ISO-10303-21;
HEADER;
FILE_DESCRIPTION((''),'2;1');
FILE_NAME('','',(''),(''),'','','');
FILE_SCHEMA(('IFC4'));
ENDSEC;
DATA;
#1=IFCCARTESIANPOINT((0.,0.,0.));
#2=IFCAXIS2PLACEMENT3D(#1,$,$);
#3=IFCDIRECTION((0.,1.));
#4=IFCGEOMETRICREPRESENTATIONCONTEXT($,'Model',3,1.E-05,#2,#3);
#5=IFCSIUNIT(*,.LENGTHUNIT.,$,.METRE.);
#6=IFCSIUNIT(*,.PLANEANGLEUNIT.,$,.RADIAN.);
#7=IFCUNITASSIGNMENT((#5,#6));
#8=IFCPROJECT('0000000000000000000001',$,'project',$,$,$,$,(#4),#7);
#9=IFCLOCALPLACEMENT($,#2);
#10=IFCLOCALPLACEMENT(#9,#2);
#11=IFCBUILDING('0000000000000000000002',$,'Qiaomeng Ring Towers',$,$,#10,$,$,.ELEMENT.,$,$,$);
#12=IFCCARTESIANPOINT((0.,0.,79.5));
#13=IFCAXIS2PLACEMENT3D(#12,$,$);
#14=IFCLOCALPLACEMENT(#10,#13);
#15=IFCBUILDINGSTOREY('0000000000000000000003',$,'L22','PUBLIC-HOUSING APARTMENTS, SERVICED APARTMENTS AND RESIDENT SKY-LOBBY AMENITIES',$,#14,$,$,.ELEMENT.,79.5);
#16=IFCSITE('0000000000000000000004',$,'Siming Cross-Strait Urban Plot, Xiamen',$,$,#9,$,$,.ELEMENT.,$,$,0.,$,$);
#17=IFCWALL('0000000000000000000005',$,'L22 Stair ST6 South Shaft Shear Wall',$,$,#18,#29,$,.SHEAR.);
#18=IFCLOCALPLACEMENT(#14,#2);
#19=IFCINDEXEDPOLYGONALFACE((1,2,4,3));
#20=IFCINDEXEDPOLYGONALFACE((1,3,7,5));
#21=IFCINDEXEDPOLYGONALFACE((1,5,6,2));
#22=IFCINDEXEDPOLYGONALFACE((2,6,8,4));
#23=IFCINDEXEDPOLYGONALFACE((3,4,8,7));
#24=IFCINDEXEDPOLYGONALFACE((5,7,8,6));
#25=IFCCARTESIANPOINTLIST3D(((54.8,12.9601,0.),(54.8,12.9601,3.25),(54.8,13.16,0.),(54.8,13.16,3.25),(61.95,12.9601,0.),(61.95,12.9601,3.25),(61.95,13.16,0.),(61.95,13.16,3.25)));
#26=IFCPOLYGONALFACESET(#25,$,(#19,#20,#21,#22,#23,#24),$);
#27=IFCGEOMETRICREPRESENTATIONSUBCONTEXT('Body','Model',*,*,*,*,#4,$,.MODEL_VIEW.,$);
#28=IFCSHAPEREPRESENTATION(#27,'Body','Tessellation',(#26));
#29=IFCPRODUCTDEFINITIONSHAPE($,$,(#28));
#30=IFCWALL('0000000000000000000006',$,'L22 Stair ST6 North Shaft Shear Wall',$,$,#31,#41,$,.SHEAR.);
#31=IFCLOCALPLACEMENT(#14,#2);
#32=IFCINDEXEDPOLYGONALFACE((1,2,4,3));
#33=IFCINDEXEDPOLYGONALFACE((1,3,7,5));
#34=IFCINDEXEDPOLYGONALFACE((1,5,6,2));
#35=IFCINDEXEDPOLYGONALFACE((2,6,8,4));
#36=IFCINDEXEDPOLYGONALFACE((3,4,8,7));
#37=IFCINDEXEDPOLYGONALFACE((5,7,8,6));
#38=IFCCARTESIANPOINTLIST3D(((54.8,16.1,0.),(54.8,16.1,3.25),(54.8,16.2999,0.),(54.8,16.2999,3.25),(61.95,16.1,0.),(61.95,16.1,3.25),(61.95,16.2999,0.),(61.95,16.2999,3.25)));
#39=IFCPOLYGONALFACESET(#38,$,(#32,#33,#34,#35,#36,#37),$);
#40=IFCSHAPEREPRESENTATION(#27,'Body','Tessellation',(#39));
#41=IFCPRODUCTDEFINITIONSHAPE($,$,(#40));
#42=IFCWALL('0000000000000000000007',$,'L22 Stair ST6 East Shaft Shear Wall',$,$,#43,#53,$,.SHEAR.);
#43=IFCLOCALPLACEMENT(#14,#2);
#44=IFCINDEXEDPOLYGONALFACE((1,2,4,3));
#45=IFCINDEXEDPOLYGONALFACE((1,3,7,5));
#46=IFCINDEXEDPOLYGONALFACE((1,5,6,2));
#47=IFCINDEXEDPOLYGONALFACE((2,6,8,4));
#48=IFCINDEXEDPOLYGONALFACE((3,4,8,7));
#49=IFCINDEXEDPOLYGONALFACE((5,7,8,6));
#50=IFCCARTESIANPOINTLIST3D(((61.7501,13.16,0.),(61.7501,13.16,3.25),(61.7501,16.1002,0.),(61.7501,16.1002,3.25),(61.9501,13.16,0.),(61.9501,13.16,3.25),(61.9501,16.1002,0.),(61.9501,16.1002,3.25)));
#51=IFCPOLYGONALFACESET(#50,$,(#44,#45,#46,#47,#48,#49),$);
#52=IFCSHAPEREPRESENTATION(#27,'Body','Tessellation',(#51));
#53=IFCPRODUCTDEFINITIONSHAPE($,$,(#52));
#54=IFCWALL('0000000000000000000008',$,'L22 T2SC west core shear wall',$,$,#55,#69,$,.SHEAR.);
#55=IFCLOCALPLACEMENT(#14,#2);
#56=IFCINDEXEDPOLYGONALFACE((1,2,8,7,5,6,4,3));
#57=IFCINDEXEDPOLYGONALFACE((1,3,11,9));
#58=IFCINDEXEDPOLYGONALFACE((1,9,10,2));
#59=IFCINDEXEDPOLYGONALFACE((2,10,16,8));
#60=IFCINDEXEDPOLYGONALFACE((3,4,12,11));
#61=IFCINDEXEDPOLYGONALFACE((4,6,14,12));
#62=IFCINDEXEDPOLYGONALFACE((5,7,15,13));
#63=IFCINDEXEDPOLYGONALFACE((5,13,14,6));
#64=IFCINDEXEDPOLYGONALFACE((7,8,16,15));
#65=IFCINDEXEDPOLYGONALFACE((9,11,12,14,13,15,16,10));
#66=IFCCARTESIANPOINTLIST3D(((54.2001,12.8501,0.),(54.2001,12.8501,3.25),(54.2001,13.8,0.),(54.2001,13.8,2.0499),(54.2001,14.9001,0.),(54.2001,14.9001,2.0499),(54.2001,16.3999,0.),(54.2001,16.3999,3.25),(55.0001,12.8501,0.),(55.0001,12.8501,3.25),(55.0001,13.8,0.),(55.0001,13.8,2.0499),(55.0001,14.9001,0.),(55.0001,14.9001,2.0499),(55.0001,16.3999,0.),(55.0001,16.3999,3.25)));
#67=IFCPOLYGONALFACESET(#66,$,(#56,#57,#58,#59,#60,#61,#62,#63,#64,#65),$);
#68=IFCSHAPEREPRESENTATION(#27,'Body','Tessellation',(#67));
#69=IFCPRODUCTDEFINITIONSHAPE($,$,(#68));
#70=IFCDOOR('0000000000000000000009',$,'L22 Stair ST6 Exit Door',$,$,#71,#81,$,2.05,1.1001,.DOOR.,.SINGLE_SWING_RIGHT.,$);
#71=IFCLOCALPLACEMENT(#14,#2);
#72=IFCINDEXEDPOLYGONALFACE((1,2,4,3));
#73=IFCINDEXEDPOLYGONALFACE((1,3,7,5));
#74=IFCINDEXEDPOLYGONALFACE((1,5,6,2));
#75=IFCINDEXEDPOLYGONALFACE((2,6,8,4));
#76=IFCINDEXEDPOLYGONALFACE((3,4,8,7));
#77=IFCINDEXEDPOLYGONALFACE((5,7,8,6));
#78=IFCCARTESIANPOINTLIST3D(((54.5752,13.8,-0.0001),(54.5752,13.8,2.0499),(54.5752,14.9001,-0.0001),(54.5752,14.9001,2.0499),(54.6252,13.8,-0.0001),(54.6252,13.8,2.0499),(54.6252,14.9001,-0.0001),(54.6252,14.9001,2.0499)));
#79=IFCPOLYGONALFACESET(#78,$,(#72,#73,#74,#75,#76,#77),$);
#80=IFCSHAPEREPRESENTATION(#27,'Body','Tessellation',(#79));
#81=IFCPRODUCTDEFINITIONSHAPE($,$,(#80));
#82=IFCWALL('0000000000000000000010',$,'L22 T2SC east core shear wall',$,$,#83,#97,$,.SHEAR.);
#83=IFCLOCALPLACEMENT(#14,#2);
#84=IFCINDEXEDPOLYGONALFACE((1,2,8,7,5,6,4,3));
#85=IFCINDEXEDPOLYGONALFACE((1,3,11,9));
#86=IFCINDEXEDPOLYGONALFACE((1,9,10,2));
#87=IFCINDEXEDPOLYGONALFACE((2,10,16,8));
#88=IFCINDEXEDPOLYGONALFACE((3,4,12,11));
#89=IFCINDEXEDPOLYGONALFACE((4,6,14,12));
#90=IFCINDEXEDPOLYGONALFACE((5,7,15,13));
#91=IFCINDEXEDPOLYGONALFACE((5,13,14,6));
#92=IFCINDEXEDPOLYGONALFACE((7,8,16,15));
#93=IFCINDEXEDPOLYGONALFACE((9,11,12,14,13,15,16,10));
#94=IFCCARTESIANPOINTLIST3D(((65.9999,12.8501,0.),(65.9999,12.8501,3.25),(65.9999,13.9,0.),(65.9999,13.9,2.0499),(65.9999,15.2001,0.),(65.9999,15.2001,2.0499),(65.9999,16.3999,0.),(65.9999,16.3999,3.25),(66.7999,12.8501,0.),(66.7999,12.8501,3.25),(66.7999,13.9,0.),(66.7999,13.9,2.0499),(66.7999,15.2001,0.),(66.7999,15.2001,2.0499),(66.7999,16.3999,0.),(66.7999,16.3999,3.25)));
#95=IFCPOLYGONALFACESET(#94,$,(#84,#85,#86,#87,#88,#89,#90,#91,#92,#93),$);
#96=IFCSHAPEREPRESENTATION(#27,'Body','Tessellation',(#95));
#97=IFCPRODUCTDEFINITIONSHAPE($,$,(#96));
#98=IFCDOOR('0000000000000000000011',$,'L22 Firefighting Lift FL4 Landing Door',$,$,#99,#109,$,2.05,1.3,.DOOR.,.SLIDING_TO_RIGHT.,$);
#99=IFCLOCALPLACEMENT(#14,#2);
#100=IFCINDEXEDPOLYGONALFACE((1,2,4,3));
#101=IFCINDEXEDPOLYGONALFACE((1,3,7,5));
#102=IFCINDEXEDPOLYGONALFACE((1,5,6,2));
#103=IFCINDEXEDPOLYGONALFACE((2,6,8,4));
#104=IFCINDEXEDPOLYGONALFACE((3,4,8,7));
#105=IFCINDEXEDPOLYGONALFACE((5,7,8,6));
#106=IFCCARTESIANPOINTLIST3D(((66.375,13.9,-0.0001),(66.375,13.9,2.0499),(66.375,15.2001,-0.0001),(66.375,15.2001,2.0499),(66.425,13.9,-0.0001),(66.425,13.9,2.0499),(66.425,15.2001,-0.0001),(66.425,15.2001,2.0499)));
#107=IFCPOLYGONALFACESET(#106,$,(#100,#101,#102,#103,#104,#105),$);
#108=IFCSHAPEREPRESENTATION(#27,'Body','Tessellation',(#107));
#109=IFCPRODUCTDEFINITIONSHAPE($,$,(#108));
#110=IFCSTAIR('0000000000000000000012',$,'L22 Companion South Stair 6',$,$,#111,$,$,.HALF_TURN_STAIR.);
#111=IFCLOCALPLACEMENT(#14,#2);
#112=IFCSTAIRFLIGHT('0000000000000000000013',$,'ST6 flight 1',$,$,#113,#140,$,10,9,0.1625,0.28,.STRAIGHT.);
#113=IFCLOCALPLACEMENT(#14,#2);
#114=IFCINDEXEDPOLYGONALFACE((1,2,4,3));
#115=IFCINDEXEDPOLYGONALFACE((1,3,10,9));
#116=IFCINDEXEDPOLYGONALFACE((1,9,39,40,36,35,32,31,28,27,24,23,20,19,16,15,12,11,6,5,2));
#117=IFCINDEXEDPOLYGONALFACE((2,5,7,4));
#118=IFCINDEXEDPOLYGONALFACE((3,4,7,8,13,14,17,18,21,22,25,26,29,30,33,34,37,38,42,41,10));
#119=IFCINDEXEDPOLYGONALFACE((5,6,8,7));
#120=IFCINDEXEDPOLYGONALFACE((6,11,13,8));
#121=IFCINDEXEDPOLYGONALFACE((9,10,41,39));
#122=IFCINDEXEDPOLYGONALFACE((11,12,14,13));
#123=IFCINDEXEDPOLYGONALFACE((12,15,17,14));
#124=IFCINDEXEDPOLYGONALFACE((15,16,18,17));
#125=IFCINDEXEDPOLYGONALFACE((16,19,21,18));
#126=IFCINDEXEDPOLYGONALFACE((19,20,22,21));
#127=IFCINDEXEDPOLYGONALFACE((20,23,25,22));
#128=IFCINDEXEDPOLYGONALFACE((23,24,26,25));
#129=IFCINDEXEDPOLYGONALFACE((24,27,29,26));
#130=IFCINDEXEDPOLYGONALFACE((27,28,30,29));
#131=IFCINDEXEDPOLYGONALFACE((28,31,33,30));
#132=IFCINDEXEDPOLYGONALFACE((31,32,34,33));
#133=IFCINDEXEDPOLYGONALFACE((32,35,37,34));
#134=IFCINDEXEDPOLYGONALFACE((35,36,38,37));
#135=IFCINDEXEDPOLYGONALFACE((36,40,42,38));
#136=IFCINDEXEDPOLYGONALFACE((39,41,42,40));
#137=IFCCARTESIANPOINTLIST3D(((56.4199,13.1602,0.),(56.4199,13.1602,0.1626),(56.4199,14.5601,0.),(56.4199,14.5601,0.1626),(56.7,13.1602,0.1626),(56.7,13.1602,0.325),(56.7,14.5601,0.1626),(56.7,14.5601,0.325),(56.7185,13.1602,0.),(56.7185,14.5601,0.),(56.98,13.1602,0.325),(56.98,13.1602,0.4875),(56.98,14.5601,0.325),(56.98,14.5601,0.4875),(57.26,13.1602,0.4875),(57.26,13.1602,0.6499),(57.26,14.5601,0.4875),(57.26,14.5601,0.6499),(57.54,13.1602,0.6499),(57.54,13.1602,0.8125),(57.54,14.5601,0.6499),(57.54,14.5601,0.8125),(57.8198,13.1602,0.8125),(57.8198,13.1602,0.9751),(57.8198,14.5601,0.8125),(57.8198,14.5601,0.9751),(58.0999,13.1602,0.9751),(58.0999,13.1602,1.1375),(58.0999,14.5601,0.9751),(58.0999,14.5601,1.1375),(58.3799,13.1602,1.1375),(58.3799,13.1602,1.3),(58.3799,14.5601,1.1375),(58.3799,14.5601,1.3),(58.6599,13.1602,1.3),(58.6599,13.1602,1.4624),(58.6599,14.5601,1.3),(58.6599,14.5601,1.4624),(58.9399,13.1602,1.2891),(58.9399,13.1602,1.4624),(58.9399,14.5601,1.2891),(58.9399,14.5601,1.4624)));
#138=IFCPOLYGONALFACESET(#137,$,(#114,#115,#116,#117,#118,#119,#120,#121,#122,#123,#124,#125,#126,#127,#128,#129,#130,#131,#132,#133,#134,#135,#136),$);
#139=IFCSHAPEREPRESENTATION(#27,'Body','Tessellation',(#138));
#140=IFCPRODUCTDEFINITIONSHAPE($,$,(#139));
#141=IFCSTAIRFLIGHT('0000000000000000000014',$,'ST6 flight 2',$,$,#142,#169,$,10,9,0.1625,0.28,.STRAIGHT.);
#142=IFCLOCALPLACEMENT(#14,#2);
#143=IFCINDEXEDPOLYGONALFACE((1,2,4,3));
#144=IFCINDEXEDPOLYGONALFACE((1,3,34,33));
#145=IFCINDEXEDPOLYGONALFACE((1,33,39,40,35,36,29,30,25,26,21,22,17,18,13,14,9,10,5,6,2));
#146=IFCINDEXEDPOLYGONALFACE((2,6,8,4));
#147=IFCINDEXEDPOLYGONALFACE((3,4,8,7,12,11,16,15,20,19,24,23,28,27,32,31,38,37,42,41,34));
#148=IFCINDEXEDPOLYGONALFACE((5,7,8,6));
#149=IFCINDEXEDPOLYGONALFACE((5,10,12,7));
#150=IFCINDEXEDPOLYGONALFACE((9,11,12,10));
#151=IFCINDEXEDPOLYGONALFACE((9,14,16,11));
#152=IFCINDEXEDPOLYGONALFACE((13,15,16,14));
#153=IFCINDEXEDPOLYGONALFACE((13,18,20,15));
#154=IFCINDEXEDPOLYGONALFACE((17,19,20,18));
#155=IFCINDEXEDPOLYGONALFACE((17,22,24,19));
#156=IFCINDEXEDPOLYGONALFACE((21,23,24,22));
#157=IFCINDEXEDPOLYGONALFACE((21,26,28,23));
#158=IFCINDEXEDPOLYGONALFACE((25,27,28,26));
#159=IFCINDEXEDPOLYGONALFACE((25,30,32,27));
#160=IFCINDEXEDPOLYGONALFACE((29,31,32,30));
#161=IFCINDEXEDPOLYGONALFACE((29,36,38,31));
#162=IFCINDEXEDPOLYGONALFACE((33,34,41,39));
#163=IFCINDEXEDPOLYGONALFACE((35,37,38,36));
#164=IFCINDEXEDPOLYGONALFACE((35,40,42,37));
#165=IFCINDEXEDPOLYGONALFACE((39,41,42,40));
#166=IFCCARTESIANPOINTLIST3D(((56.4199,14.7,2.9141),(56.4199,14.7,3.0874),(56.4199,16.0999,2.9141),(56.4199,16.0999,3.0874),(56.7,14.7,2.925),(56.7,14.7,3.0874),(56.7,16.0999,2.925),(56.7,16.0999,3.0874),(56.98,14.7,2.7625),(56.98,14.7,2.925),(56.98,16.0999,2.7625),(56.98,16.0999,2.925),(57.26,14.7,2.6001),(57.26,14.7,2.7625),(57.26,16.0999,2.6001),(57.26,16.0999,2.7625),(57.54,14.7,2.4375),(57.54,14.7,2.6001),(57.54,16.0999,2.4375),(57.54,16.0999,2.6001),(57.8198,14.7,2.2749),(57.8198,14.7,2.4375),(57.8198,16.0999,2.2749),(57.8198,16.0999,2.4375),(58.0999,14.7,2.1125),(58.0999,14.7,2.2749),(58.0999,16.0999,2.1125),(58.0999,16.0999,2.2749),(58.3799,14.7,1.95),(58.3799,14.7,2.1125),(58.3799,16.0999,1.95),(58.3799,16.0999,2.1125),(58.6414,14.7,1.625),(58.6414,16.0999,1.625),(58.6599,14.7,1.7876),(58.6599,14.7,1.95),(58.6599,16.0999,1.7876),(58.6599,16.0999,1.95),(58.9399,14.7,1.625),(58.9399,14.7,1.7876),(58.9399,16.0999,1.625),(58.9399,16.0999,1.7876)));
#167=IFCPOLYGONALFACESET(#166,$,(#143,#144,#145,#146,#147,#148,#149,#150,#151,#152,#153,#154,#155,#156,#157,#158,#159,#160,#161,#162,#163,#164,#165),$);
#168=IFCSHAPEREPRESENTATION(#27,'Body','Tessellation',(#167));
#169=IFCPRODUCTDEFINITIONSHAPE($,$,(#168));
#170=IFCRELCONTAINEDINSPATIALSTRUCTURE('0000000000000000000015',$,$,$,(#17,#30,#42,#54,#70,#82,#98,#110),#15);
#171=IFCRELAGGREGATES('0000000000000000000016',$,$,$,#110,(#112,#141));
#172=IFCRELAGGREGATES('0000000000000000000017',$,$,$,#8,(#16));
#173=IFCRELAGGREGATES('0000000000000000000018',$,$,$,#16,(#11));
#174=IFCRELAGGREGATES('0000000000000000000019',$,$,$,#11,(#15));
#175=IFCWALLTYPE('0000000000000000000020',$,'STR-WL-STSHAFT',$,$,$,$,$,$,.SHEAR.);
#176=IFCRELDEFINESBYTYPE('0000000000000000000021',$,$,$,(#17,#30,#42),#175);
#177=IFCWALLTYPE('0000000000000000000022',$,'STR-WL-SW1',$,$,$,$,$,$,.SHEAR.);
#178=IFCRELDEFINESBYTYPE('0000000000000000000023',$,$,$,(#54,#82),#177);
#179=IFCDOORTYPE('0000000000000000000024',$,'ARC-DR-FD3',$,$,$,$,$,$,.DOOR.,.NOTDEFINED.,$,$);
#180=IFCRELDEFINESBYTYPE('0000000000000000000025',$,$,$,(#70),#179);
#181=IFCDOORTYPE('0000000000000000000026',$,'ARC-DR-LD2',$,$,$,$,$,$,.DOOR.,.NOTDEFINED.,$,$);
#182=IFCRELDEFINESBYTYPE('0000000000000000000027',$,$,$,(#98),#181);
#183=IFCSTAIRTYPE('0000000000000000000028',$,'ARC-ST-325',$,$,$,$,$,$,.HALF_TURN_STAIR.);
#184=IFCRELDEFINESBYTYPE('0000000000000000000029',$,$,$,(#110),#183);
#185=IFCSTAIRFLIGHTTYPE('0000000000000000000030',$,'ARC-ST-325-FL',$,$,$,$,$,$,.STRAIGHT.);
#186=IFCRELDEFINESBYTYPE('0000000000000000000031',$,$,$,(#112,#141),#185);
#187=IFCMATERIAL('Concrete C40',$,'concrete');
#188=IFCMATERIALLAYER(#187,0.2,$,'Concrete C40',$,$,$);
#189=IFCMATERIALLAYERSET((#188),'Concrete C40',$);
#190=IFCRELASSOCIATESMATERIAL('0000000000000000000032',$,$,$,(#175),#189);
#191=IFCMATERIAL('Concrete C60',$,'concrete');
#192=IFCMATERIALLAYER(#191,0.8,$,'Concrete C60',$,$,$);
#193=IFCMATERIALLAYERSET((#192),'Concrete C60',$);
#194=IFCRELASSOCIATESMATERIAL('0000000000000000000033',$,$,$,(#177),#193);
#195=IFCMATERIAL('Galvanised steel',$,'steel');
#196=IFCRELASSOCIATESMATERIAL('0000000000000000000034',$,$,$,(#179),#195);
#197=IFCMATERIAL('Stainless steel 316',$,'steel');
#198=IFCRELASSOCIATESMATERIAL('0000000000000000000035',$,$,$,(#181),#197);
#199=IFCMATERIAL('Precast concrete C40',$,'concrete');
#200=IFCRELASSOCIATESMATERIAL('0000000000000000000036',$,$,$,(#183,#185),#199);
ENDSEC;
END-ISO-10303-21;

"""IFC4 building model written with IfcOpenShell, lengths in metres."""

from ifc_helpers import new_model, si_unit, direction, frame, frame_2d, origin, place, context, subcontext, project, spatial, polyline, rectangle, outline, extrude, source, transform, mapped, material, layer, layer_set, type_object, element, fill, aggregate, save


model = new_model("IFC4")

# Units and contexts
model_context = context("Model", 3, precision=1e-05, world=origin(), true_north=direction((0.0, 1.0)))
body_context = subcontext(model_context, "Body", "Model", "MODEL_VIEW")
ifc_project = project(units=[si_unit("LENGTHUNIT", "METRE"), si_unit("PLANEANGLEUNIT", "RADIAN")], contexts=[model_context])

# Site, building, storey
site_placement = place(None, origin())
site = spatial("IfcSite", under=ifc_project, at=site_placement, Name="Siming Cross-Strait Urban Plot, Xiamen", CompositionType="ELEMENT", RefElevation=0.0)
building_placement = place(site_placement, origin())
building = spatial("IfcBuilding", under=site, at=building_placement, Name="Qiaomeng Ring Towers", CompositionType="ELEMENT")
storey_placement = place(building_placement, frame((0.0, 0.0, 79.5)))
storey = spatial("IfcBuildingStorey", under=building, at=storey_placement, Name="L22", Description="PUBLIC-HOUSING APARTMENTS, SERVICED APARTMENTS AND RESIDENT SKY-LOBBY AMENITIES", CompositionType="ELEMENT", Elevation=79.5)

# Walls
ifc_material_1 = material(Name="Concrete C40", Category="concrete")
ifc_layer_1 = layer(ifc_material_1, 0.2, Name="Concrete C40")
ifc_layer_set_1 = layer_set([ifc_layer_1], Name="Concrete C40")
wall_type_1 = type_object("IfcWallType", Name="STR-WL-STSHAFT", PredefinedType="SHEAR", material=ifc_layer_set_1)
for number, where, z_axis, x_axis, name in (
    (1, (54.8, 13.0601, 0.0), (0.0, 0.0, 1.0), (1.0, 0.0, 0.0), "L22 Stair ST6 South Shaft Shear Wall"),
    (2, (54.8, 16.2, 0.0), (0.0, 0.0, 1.0), (1.0, 0.0, 0.0), "L22 Stair ST6 North Shaft Shear Wall"),
):
    element("IfcWall", number, at=place(storey_placement, frame(where, z_axis=z_axis, x_axis=x_axis)), inside=storey, type_object=wall_type_1, Name=name, PredefinedType="SHEAR", context=body_context, shape_type="SweptSolid", body=[
        extrude(rectangle(XDim=7.1499, YDim=0.2, at=frame_2d((3.575, 0.0))), origin(), (0.0, 0.0, 1.0), 3.25),
    ])
wall_1_placement = place(storey_placement, frame((61.8501, 13.1599, 0.0), z_axis=(0.0, 0.0, 1.0), x_axis=(0.0, 1.0, 0.0)))
element("IfcWall", 3, at=wall_1_placement, inside=storey, type_object=wall_type_1, Name="L22 Stair ST6 East Shaft Shear Wall", PredefinedType="SHEAR", context=body_context, shape_type="SweptSolid", body=[
    extrude(rectangle(XDim=2.9402, YDim=0.2, at=frame_2d((1.4702, 0.0))), origin(), (0.0, 0.0, 1.0), 3.25),
])

# Walls, openings, doors
ifc_material_2 = material(Name="Concrete C60", Category="concrete")
ifc_layer_2 = layer(ifc_material_2, 0.8, Name="Concrete C60")
ifc_layer_set_2 = layer_set([ifc_layer_2], Name="Concrete C60")
wall_type_2 = type_object("IfcWallType", Name="STR-WL-SW1", PredefinedType="SHEAR", material=ifc_layer_set_2)
wall_2_placement = place(storey_placement, frame((54.6001, 12.8501, 0.0), z_axis=(0.0, 0.0, 1.0), x_axis=(0.0, 1.0, 0.0)))
wall_2 = element("IfcWall", 4, at=wall_2_placement, inside=storey, type_object=wall_type_2, Name="L22 T2SC west core shear wall", PredefinedType="SHEAR", context=body_context, shape_type="SweptSolid", body=[
    extrude(rectangle(XDim=3.5498, YDim=0.8, at=frame_2d((1.7749, 0.0))), origin(), (0.0, 0.0, 1.0), 3.25),
])
opening_1_placement = place(wall_2_placement, frame((0.95, 0.0, 0.0)))
opening_1 = element("IfcOpeningElement", 5, at=opening_1_placement, cuts=wall_2, PredefinedType="OPENING", context=body_context, shape_type="SweptSolid", body=[
    extrude(rectangle(XDim=1.1001, YDim=2.05, at=frame_2d((0.55, 1.0249))), frame((0.0, 0.4099, 0.0), z_axis=(0.0, -1.0, 0.0), x_axis=(1.0, 0.0, 0.0)), (0.0, 0.0, 1.0), 0.8201),
])
ifc_material_3 = material(Name="Galvanised steel", Category="steel")
door_type_1 = type_object("IfcDoorType", Name="ARC-DR-FD3", OperationType="NOTDEFINED", PredefinedType="DOOR", material=ifc_material_3)
shared_shape_1 = source(origin(), body_context, "Body", "SweptSolid", [
    extrude(rectangle(XDim=1.1001, YDim=2.05, at=frame_2d((0.55, 1.0249))), frame((0.0, 0.0249, 0.0), z_axis=(0.0, -1.0, 0.0), x_axis=(1.0, 0.0, 0.0)), (0.0, 0.0, 1.0), 0.05),
])
door_1_placement = place(opening_1_placement, origin())
door_1 = element("IfcDoor", 6, at=door_1_placement, inside=storey, type_object=door_type_1, Name="L22 Stair ST6 Exit Door", OperationType="SINGLE_SWING_RIGHT", OverallHeight=2.05, OverallWidth=1.1001, PredefinedType="DOOR", context=body_context, shape_type="MappedRepresentation", body=[
    mapped(shared_shape_1, transform((0.0, 0.0, 0.0), x_axis=(1.0, 0.0, 0.0), y_axis=(0.0, 1.0, 0.0), z_axis=(0.0, 0.0, 1.0), scale=1.0)),
])
fill(opening_1, door_1)
wall_3_placement = place(storey_placement, frame((66.3999, 12.8501, 0.0), z_axis=(0.0, 0.0, 1.0), x_axis=(0.0, 1.0, 0.0)))
wall_3 = element("IfcWall", 7, at=wall_3_placement, inside=storey, type_object=wall_type_2, Name="L22 T2SC east core shear wall", PredefinedType="SHEAR", context=body_context, shape_type="SweptSolid", body=[
    extrude(rectangle(XDim=3.5498, YDim=0.8, at=frame_2d((1.7749, 0.0))), origin(), (0.0, 0.0, 1.0), 3.25),
])
opening_2_placement = place(wall_3_placement, frame((1.05, 0.0, 0.0)))
opening_2 = element("IfcOpeningElement", 8, at=opening_2_placement, cuts=wall_3, PredefinedType="OPENING", context=body_context, shape_type="SweptSolid", body=[
    extrude(rectangle(XDim=1.3, YDim=2.05, at=frame_2d((0.6499, 1.0249))), frame((0.0, 0.4099, 0.0), z_axis=(0.0, -1.0, 0.0), x_axis=(1.0, 0.0, 0.0)), (0.0, 0.0, 1.0), 0.8201),
])
ifc_material_4 = material(Name="Stainless steel 316", Category="steel")
door_type_2 = type_object("IfcDoorType", Name="ARC-DR-LD2", OperationType="NOTDEFINED", PredefinedType="DOOR", material=ifc_material_4)
shared_shape_2 = source(origin(), body_context, "Body", "SweptSolid", [
    extrude(rectangle(XDim=1.3, YDim=2.05, at=frame_2d((0.6499, 1.0249))), frame((0.0, 0.0249, 0.0), z_axis=(0.0, -1.0, 0.0), x_axis=(1.0, 0.0, 0.0)), (0.0, 0.0, 1.0), 0.05),
])
door_2_placement = place(opening_2_placement, origin())
door_2 = element("IfcDoor", 9, at=door_2_placement, inside=storey, type_object=door_type_2, Name="L22 Firefighting Lift FL4 Landing Door", OperationType="SLIDING_TO_RIGHT", OverallHeight=2.05, OverallWidth=1.3, PredefinedType="DOOR", context=body_context, shape_type="MappedRepresentation", body=[
    mapped(shared_shape_2, transform((0.0, 0.0, 0.0), x_axis=(1.0, 0.0, 0.0), y_axis=(0.0, 1.0, 0.0), z_axis=(0.0, 0.0, 1.0), scale=1.0)),
])
fill(opening_2, door_2)

# Stair, stair flights
ifc_material_5 = material(Name="Precast concrete C40", Category="concrete")
stair_type = type_object("IfcStairType", Name="ARC-ST-325", PredefinedType="HALF_TURN_STAIR", material=ifc_material_5)
stair_placement = place(storey_placement, origin())
stair = element("IfcStair", 10, at=stair_placement, inside=storey, type_object=stair_type, Name="L22 Companion South Stair 6", PredefinedType="HALF_TURN_STAIR")
stair_flight_type = type_object("IfcStairFlightType", Name="ARC-ST-325-FL", PredefinedType="STRAIGHT", material=ifc_material_5)
shared_shape_3 = source(origin(), body_context, "Body", "SweptSolid", [
    extrude(outline(polyline([(0.0, 0.0), (0.0, 0.1626), (0.28, 0.1626), (0.28, 0.325), (0.5601, 0.325), (0.5601, 0.4875), (0.8401, 0.4875), (0.8401, 0.6499), (1.1201, 0.6499), (1.1201, 0.8125), (1.3999, 0.8125), (1.3999, 0.9751), (1.6799, 0.9751), (1.6799, 1.1375), (1.96, 1.1375), (1.96, 1.3), (2.24, 1.3), (2.24, 1.4624), (2.52, 1.4624), (2.52, 1.625), (2.52, 1.2891), (0.2986, 0.0), (0.0, 0.0)])), frame((0.0, 0.7, 0.0), z_axis=(0.0, -1.0, 0.0), x_axis=(1.0, 0.0, 0.0)), (0.0, 0.0, 1.0), 1.3999),
])
stair_flight_1_placement = place(storey_placement, frame((56.4199, 13.8601, 0.0), z_axis=(0.0, 0.0, 1.0), x_axis=(1.0, 0.0, 0.0)))
stair_flight_1 = element("IfcStairFlight", 11, at=stair_flight_1_placement, type_object=stair_flight_type, Name="ST6 flight 1", NumberOfRisers=10, NumberOfTreads=9, PredefinedType="STRAIGHT", RiserHeight=0.1625, TreadLength=0.28, context=body_context, shape_type="MappedRepresentation", body=[
    mapped(shared_shape_3, transform((0.0, 0.0, 0.0), x_axis=(1.0, 0.0, 0.0), y_axis=(0.0, 1.0, 0.0), z_axis=(0.0, 0.0, 1.0), scale=1.0)),
])
stair_flight_2_placement = place(storey_placement, frame((58.9399, 15.3999, 1.625), z_axis=(0.0, 0.0, 1.0), x_axis=(-1.0, 0.0, 0.0)))
stair_flight_2 = element("IfcStairFlight", 12, at=stair_flight_2_placement, type_object=stair_flight_type, Name="ST6 flight 2", NumberOfRisers=10, NumberOfTreads=9, PredefinedType="STRAIGHT", RiserHeight=0.1625, TreadLength=0.28, context=body_context, shape_type="MappedRepresentation", body=[
    mapped(shared_shape_3, transform((0.0, 0.0, 0.0), x_axis=(1.0, 0.0, 0.0), y_axis=(0.0, 1.0, 0.0), z_axis=(0.0, 0.0, 1.0), scale=1.0)),
])
aggregate(stair, [stair_flight_1, stair_flight_2])

save(model, "model.ifc")
